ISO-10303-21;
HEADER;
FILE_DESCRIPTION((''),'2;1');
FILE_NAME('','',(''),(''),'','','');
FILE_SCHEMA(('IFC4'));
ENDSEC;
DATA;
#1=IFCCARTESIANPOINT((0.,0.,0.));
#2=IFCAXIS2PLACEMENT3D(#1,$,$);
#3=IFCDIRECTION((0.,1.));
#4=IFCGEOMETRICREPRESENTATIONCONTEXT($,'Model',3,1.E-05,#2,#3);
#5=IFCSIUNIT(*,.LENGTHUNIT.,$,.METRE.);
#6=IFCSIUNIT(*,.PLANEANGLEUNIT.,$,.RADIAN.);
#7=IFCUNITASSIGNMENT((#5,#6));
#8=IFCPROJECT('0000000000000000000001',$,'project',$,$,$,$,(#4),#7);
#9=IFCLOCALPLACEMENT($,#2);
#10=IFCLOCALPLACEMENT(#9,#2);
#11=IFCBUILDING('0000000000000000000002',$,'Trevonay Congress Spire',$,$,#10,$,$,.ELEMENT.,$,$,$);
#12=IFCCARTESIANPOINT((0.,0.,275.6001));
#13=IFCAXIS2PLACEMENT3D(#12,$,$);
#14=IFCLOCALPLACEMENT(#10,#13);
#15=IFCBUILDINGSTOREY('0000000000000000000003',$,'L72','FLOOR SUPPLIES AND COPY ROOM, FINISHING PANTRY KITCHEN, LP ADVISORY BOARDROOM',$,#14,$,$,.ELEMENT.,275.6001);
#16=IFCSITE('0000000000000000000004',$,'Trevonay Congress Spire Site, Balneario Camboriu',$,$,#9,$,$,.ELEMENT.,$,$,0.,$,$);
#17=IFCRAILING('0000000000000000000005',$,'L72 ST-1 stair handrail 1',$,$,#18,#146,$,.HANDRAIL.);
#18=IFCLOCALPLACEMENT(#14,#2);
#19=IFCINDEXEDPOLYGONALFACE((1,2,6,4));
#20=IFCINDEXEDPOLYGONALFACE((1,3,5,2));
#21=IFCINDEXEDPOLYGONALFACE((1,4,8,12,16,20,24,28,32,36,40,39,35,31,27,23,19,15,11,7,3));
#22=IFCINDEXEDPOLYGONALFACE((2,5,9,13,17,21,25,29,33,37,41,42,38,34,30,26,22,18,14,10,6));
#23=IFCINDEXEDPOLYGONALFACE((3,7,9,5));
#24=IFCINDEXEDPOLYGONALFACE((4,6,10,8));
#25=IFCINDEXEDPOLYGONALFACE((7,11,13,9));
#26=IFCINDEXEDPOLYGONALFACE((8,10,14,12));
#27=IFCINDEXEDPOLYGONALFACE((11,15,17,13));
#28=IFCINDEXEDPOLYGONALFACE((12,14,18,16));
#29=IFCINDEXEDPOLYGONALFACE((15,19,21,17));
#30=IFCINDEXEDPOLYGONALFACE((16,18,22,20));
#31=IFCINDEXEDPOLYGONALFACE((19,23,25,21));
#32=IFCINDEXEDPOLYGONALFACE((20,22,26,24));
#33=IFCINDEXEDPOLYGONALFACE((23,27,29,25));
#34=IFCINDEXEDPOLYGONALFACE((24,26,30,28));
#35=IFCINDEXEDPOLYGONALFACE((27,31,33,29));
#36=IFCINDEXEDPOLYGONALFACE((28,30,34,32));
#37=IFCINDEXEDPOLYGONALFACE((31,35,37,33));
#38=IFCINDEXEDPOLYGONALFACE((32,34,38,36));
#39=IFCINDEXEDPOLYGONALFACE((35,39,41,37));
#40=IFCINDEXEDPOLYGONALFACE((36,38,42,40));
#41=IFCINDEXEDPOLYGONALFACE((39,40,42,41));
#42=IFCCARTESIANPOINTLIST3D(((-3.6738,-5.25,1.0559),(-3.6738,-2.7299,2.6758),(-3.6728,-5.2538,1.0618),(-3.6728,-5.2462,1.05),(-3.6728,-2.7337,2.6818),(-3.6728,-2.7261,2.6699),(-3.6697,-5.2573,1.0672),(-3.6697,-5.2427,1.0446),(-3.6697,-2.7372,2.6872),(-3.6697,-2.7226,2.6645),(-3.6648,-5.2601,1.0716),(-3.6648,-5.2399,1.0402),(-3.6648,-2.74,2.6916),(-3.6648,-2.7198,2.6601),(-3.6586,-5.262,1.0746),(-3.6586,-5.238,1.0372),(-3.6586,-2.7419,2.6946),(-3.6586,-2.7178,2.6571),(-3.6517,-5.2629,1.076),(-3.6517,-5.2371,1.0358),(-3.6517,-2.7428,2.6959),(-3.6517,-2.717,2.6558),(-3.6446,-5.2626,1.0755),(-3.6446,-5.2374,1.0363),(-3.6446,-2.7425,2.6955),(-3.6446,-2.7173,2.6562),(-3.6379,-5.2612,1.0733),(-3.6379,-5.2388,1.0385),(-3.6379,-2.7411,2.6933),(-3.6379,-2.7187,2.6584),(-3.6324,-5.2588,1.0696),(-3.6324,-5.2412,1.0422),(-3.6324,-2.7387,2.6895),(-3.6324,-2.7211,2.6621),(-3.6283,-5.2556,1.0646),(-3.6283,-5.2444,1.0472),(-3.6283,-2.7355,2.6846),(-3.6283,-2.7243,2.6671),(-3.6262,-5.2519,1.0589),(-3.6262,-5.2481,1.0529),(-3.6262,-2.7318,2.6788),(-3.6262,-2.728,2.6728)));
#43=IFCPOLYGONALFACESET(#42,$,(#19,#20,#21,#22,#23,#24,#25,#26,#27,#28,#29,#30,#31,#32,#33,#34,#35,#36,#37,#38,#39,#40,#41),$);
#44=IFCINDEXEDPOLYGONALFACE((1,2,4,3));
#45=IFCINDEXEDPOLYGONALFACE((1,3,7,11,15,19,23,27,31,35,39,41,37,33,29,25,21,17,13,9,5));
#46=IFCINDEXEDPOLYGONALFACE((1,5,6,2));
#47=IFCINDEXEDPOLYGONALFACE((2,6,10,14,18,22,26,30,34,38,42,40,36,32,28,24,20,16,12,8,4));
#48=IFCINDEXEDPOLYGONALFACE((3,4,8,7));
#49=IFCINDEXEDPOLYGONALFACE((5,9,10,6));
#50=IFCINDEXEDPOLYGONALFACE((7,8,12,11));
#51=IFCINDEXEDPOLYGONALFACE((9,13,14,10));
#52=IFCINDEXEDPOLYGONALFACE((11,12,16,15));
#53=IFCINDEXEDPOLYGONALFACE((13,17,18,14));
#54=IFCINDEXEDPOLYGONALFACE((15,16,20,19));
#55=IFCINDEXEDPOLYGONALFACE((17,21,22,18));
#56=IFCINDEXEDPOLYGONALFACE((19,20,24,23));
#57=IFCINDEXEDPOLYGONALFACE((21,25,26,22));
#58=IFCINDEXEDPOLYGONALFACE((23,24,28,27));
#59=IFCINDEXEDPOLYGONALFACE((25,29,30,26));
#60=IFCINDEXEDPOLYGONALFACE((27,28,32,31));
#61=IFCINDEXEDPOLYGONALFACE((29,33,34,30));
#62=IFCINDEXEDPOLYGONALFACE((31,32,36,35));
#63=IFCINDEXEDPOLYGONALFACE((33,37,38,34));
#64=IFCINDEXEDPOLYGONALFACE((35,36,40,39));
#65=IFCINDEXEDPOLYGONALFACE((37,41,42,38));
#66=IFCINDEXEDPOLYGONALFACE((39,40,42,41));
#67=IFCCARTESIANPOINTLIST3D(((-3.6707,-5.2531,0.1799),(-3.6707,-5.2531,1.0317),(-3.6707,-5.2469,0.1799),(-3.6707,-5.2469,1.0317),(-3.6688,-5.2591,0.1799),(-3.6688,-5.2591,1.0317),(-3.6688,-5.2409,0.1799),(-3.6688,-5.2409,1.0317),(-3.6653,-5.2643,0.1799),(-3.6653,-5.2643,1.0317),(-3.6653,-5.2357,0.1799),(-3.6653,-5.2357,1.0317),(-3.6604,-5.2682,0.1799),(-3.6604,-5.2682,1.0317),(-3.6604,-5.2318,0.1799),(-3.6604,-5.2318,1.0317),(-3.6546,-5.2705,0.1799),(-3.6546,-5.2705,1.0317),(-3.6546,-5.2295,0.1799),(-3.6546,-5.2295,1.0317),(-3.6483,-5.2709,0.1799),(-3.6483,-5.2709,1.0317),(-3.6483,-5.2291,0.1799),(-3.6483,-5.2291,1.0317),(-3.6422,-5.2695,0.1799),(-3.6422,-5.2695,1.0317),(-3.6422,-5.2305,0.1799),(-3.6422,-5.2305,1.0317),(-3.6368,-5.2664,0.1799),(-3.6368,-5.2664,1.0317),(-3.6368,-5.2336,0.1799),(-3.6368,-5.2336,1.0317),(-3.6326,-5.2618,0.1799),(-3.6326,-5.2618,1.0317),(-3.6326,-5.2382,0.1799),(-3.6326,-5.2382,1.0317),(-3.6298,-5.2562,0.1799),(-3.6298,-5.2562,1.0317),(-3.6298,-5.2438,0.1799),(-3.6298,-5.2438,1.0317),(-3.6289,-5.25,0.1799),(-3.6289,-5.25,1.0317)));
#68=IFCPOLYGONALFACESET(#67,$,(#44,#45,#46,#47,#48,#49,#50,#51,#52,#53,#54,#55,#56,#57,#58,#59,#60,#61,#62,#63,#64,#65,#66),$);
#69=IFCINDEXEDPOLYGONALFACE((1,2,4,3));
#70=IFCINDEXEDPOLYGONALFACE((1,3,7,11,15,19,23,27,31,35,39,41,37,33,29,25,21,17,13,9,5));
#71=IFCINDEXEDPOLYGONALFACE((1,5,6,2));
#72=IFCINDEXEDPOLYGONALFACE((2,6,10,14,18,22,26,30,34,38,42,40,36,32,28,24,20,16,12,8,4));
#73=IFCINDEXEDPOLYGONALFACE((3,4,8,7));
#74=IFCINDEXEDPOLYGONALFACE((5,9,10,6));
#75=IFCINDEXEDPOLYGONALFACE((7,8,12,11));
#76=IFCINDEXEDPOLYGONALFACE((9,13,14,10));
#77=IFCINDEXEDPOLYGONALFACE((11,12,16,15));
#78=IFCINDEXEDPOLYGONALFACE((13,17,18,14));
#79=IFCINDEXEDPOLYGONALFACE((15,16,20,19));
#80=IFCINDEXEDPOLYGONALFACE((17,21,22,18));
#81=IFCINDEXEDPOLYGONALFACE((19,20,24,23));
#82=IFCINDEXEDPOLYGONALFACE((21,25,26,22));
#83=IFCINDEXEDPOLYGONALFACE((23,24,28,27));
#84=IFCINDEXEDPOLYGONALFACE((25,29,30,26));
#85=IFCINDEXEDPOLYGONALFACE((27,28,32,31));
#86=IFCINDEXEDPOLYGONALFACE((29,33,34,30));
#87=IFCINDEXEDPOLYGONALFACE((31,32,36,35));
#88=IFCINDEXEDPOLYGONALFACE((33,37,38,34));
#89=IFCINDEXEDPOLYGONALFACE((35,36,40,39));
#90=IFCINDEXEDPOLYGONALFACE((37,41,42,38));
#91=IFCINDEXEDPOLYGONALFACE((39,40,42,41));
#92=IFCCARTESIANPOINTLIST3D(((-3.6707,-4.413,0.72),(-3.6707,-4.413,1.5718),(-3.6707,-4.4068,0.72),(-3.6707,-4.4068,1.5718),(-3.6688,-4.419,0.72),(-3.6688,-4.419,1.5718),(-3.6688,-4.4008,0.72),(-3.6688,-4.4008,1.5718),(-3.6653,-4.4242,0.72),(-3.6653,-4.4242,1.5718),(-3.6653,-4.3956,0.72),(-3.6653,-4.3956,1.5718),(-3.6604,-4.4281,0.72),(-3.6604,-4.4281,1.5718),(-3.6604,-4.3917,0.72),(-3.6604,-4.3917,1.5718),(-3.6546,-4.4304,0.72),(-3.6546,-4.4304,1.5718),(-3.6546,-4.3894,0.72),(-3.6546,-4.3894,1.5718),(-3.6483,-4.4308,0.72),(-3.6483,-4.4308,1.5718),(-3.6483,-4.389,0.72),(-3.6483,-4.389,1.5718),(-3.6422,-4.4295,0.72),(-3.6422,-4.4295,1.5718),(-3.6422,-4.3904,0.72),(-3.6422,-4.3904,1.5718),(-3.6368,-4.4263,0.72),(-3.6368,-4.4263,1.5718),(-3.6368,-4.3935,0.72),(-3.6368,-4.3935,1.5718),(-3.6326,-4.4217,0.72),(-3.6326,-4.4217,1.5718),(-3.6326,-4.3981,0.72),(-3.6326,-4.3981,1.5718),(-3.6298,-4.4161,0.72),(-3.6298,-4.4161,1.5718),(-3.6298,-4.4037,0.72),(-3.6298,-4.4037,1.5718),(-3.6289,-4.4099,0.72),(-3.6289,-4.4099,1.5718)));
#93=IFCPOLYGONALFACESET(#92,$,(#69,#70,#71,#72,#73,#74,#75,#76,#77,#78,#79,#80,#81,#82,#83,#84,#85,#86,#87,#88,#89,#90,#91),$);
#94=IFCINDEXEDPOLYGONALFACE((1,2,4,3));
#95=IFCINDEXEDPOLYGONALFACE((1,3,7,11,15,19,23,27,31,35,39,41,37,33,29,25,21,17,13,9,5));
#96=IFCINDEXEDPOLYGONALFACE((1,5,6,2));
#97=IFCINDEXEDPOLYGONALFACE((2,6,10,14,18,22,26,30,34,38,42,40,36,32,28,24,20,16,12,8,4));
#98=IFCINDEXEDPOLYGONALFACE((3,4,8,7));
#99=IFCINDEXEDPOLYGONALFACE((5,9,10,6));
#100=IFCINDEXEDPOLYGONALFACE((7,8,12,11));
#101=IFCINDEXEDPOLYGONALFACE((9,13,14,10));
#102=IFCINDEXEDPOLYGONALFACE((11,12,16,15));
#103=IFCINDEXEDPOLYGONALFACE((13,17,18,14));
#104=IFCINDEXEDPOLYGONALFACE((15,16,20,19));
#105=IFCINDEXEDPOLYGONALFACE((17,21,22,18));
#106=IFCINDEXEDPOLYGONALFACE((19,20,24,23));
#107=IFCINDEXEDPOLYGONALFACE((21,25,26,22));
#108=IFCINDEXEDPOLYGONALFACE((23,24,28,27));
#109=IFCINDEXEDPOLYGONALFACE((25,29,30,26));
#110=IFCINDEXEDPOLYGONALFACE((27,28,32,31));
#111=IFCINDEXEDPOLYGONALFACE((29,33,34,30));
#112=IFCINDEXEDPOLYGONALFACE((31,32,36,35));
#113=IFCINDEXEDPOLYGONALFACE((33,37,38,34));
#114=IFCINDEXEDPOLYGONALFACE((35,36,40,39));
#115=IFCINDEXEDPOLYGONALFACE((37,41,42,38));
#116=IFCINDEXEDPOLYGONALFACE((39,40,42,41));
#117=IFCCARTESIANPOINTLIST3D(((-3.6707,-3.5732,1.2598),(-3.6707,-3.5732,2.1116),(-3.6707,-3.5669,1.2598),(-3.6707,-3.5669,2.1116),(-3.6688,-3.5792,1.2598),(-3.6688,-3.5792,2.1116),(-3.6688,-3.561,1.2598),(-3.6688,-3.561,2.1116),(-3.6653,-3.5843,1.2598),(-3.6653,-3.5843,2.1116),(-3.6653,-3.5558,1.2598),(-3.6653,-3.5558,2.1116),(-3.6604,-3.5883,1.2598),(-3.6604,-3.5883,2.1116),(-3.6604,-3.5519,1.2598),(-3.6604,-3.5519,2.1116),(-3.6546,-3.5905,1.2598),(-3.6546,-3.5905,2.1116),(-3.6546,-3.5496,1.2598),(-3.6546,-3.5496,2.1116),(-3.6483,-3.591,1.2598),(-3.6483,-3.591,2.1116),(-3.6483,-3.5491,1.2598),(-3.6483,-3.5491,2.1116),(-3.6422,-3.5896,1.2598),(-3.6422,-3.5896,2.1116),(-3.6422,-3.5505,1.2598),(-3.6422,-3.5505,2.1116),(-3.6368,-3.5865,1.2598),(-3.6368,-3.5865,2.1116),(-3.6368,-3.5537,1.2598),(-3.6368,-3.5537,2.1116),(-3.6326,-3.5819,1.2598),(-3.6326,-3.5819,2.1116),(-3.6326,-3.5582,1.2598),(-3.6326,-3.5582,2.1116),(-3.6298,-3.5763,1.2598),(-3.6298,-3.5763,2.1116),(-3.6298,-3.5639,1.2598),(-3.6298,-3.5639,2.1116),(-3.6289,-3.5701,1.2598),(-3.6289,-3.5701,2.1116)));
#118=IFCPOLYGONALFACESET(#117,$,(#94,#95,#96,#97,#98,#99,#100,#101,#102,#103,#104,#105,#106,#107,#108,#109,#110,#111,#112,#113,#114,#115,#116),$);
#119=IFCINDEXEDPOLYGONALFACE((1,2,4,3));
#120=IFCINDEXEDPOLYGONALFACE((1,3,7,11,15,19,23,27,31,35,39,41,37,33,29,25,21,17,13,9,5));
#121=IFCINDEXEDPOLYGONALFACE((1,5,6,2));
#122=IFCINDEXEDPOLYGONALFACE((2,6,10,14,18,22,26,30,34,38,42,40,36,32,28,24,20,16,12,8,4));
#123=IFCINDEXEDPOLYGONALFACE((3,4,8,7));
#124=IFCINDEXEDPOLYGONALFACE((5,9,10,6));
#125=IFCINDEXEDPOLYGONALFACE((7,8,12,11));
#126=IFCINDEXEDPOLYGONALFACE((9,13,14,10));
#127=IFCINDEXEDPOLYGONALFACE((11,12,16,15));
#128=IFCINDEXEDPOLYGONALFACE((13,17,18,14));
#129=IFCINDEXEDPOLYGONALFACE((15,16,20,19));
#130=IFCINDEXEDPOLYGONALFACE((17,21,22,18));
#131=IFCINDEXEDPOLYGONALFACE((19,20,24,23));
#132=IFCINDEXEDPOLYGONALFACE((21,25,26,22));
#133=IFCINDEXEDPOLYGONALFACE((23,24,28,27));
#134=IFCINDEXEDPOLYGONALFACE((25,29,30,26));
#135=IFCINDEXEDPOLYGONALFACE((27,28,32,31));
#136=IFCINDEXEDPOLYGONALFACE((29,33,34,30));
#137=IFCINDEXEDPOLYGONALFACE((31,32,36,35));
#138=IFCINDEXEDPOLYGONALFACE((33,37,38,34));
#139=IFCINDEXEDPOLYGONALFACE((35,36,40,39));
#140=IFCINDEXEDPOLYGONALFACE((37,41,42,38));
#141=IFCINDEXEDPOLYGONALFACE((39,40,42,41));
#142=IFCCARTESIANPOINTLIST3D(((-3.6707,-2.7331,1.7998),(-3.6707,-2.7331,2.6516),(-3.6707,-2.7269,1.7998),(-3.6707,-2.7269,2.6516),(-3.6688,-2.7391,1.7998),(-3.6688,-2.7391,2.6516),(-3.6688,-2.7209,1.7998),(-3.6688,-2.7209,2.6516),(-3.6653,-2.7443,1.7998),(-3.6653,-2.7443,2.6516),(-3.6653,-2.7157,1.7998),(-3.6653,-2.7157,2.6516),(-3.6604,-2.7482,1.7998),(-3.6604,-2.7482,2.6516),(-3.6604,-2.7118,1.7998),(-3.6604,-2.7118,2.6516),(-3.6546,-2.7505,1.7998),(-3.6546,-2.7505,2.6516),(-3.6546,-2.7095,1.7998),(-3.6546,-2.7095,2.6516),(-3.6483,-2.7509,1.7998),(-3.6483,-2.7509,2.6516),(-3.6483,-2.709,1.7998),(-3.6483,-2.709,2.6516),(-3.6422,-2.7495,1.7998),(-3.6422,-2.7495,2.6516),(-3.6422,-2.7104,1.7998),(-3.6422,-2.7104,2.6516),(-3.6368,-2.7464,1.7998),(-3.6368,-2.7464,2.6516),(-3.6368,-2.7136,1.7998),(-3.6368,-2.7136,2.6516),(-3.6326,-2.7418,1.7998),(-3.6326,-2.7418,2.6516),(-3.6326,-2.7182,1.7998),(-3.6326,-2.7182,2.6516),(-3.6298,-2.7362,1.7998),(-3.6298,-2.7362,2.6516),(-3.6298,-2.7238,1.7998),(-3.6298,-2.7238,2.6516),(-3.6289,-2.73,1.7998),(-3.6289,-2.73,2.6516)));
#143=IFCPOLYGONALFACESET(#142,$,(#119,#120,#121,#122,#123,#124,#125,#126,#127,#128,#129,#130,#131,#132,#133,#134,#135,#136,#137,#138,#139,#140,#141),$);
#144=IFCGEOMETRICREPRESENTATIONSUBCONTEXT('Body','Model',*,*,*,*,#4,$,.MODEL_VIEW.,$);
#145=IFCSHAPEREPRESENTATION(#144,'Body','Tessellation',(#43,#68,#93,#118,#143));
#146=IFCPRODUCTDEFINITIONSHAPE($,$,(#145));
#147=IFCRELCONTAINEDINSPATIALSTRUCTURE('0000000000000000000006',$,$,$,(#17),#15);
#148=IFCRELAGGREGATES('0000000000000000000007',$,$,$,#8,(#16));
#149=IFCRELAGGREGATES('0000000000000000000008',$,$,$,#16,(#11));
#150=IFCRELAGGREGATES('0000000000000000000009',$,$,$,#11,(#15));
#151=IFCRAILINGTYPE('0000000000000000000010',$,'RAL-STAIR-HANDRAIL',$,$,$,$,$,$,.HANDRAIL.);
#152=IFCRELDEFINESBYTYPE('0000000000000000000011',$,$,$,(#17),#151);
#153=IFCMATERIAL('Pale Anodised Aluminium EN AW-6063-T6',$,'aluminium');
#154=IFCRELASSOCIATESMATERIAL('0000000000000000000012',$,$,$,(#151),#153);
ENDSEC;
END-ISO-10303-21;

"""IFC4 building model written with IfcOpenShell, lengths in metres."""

from ifc_helpers import new_model, si_unit, direction, frame, origin, origin_2d, place, context, subcontext, project, spatial, circle, extrude, material, type_object, element, save


model = new_model("IFC4")

# Units and contexts
model_context = context("Model", 3, precision=1e-05, world=origin(), true_north=direction((0.0, 1.0)))
body_context = subcontext(model_context, "Body", "Model", "MODEL_VIEW")
ifc_project = project(units=[si_unit("LENGTHUNIT", "METRE"), si_unit("PLANEANGLEUNIT", "RADIAN")], contexts=[model_context])

# Site, building, storey
site_placement = place(None, origin())
site = spatial("IfcSite", under=ifc_project, at=site_placement, Name="Trevonay Congress Spire Site, Balneario Camboriu", CompositionType="ELEMENT", RefElevation=0.0)
building_placement = place(site_placement, origin())
building = spatial("IfcBuilding", under=site, at=building_placement, Name="Trevonay Congress Spire", CompositionType="ELEMENT")
storey_placement = place(building_placement, frame((0.0, 0.0, 275.6001)))
storey = spatial("IfcBuildingStorey", under=building, at=storey_placement, Name="L72", Description="FLOOR SUPPLIES AND COPY ROOM, FINISHING PANTRY KITCHEN, LP ADVISORY BOARDROOM", CompositionType="ELEMENT", Elevation=275.6001)

# Railing
ifc_material_1 = material(Name="Pale Anodised Aluminium EN AW-6063-T6", Category="aluminium")
railing_type_1 = type_object("IfcRailingType", Name="RAL-STAIR-HANDRAIL", PredefinedType="HANDRAIL", material=ifc_material_1)
railing_1_placement = place(storey_placement, frame((-3.6499, -5.25, 0.1799)))
element("IfcRailing", 1, at=railing_1_placement, inside=storey, type_object=railing_type_1, Name="L72 ST-1 stair handrail 1", PredefinedType="HANDRAIL", context=body_context, shape_type="SweptSolid", body=[
    extrude(circle(Radius=0.0239, at=origin_2d()), frame((0.0, 0.0, 0.876), z_axis=(0.0, 0.8412, 0.540725), x_axis=(-1.0, 0.0, 0.0)), (0.0, 0.0, 1.0), 2.9958),
    extrude(circle(Radius=0.021, at=origin_2d()), origin(), (0.0, 0.0, 1.0), 0.8518),
    extrude(circle(Radius=0.021, at=origin_2d()), frame((0.0, 0.8401, 0.54)), (0.0, 0.0, 1.0), 0.8518),
    extrude(circle(Radius=0.021, at=origin_2d()), frame((0.0, 1.6799, 1.0798)), (0.0, 0.0, 1.0), 0.8518),
    extrude(circle(Radius=0.021, at=origin_2d()), frame((0.0, 2.52, 1.6199)), (0.0, 0.0, 1.0), 0.8518),
])

save(model, "model.ifc")
